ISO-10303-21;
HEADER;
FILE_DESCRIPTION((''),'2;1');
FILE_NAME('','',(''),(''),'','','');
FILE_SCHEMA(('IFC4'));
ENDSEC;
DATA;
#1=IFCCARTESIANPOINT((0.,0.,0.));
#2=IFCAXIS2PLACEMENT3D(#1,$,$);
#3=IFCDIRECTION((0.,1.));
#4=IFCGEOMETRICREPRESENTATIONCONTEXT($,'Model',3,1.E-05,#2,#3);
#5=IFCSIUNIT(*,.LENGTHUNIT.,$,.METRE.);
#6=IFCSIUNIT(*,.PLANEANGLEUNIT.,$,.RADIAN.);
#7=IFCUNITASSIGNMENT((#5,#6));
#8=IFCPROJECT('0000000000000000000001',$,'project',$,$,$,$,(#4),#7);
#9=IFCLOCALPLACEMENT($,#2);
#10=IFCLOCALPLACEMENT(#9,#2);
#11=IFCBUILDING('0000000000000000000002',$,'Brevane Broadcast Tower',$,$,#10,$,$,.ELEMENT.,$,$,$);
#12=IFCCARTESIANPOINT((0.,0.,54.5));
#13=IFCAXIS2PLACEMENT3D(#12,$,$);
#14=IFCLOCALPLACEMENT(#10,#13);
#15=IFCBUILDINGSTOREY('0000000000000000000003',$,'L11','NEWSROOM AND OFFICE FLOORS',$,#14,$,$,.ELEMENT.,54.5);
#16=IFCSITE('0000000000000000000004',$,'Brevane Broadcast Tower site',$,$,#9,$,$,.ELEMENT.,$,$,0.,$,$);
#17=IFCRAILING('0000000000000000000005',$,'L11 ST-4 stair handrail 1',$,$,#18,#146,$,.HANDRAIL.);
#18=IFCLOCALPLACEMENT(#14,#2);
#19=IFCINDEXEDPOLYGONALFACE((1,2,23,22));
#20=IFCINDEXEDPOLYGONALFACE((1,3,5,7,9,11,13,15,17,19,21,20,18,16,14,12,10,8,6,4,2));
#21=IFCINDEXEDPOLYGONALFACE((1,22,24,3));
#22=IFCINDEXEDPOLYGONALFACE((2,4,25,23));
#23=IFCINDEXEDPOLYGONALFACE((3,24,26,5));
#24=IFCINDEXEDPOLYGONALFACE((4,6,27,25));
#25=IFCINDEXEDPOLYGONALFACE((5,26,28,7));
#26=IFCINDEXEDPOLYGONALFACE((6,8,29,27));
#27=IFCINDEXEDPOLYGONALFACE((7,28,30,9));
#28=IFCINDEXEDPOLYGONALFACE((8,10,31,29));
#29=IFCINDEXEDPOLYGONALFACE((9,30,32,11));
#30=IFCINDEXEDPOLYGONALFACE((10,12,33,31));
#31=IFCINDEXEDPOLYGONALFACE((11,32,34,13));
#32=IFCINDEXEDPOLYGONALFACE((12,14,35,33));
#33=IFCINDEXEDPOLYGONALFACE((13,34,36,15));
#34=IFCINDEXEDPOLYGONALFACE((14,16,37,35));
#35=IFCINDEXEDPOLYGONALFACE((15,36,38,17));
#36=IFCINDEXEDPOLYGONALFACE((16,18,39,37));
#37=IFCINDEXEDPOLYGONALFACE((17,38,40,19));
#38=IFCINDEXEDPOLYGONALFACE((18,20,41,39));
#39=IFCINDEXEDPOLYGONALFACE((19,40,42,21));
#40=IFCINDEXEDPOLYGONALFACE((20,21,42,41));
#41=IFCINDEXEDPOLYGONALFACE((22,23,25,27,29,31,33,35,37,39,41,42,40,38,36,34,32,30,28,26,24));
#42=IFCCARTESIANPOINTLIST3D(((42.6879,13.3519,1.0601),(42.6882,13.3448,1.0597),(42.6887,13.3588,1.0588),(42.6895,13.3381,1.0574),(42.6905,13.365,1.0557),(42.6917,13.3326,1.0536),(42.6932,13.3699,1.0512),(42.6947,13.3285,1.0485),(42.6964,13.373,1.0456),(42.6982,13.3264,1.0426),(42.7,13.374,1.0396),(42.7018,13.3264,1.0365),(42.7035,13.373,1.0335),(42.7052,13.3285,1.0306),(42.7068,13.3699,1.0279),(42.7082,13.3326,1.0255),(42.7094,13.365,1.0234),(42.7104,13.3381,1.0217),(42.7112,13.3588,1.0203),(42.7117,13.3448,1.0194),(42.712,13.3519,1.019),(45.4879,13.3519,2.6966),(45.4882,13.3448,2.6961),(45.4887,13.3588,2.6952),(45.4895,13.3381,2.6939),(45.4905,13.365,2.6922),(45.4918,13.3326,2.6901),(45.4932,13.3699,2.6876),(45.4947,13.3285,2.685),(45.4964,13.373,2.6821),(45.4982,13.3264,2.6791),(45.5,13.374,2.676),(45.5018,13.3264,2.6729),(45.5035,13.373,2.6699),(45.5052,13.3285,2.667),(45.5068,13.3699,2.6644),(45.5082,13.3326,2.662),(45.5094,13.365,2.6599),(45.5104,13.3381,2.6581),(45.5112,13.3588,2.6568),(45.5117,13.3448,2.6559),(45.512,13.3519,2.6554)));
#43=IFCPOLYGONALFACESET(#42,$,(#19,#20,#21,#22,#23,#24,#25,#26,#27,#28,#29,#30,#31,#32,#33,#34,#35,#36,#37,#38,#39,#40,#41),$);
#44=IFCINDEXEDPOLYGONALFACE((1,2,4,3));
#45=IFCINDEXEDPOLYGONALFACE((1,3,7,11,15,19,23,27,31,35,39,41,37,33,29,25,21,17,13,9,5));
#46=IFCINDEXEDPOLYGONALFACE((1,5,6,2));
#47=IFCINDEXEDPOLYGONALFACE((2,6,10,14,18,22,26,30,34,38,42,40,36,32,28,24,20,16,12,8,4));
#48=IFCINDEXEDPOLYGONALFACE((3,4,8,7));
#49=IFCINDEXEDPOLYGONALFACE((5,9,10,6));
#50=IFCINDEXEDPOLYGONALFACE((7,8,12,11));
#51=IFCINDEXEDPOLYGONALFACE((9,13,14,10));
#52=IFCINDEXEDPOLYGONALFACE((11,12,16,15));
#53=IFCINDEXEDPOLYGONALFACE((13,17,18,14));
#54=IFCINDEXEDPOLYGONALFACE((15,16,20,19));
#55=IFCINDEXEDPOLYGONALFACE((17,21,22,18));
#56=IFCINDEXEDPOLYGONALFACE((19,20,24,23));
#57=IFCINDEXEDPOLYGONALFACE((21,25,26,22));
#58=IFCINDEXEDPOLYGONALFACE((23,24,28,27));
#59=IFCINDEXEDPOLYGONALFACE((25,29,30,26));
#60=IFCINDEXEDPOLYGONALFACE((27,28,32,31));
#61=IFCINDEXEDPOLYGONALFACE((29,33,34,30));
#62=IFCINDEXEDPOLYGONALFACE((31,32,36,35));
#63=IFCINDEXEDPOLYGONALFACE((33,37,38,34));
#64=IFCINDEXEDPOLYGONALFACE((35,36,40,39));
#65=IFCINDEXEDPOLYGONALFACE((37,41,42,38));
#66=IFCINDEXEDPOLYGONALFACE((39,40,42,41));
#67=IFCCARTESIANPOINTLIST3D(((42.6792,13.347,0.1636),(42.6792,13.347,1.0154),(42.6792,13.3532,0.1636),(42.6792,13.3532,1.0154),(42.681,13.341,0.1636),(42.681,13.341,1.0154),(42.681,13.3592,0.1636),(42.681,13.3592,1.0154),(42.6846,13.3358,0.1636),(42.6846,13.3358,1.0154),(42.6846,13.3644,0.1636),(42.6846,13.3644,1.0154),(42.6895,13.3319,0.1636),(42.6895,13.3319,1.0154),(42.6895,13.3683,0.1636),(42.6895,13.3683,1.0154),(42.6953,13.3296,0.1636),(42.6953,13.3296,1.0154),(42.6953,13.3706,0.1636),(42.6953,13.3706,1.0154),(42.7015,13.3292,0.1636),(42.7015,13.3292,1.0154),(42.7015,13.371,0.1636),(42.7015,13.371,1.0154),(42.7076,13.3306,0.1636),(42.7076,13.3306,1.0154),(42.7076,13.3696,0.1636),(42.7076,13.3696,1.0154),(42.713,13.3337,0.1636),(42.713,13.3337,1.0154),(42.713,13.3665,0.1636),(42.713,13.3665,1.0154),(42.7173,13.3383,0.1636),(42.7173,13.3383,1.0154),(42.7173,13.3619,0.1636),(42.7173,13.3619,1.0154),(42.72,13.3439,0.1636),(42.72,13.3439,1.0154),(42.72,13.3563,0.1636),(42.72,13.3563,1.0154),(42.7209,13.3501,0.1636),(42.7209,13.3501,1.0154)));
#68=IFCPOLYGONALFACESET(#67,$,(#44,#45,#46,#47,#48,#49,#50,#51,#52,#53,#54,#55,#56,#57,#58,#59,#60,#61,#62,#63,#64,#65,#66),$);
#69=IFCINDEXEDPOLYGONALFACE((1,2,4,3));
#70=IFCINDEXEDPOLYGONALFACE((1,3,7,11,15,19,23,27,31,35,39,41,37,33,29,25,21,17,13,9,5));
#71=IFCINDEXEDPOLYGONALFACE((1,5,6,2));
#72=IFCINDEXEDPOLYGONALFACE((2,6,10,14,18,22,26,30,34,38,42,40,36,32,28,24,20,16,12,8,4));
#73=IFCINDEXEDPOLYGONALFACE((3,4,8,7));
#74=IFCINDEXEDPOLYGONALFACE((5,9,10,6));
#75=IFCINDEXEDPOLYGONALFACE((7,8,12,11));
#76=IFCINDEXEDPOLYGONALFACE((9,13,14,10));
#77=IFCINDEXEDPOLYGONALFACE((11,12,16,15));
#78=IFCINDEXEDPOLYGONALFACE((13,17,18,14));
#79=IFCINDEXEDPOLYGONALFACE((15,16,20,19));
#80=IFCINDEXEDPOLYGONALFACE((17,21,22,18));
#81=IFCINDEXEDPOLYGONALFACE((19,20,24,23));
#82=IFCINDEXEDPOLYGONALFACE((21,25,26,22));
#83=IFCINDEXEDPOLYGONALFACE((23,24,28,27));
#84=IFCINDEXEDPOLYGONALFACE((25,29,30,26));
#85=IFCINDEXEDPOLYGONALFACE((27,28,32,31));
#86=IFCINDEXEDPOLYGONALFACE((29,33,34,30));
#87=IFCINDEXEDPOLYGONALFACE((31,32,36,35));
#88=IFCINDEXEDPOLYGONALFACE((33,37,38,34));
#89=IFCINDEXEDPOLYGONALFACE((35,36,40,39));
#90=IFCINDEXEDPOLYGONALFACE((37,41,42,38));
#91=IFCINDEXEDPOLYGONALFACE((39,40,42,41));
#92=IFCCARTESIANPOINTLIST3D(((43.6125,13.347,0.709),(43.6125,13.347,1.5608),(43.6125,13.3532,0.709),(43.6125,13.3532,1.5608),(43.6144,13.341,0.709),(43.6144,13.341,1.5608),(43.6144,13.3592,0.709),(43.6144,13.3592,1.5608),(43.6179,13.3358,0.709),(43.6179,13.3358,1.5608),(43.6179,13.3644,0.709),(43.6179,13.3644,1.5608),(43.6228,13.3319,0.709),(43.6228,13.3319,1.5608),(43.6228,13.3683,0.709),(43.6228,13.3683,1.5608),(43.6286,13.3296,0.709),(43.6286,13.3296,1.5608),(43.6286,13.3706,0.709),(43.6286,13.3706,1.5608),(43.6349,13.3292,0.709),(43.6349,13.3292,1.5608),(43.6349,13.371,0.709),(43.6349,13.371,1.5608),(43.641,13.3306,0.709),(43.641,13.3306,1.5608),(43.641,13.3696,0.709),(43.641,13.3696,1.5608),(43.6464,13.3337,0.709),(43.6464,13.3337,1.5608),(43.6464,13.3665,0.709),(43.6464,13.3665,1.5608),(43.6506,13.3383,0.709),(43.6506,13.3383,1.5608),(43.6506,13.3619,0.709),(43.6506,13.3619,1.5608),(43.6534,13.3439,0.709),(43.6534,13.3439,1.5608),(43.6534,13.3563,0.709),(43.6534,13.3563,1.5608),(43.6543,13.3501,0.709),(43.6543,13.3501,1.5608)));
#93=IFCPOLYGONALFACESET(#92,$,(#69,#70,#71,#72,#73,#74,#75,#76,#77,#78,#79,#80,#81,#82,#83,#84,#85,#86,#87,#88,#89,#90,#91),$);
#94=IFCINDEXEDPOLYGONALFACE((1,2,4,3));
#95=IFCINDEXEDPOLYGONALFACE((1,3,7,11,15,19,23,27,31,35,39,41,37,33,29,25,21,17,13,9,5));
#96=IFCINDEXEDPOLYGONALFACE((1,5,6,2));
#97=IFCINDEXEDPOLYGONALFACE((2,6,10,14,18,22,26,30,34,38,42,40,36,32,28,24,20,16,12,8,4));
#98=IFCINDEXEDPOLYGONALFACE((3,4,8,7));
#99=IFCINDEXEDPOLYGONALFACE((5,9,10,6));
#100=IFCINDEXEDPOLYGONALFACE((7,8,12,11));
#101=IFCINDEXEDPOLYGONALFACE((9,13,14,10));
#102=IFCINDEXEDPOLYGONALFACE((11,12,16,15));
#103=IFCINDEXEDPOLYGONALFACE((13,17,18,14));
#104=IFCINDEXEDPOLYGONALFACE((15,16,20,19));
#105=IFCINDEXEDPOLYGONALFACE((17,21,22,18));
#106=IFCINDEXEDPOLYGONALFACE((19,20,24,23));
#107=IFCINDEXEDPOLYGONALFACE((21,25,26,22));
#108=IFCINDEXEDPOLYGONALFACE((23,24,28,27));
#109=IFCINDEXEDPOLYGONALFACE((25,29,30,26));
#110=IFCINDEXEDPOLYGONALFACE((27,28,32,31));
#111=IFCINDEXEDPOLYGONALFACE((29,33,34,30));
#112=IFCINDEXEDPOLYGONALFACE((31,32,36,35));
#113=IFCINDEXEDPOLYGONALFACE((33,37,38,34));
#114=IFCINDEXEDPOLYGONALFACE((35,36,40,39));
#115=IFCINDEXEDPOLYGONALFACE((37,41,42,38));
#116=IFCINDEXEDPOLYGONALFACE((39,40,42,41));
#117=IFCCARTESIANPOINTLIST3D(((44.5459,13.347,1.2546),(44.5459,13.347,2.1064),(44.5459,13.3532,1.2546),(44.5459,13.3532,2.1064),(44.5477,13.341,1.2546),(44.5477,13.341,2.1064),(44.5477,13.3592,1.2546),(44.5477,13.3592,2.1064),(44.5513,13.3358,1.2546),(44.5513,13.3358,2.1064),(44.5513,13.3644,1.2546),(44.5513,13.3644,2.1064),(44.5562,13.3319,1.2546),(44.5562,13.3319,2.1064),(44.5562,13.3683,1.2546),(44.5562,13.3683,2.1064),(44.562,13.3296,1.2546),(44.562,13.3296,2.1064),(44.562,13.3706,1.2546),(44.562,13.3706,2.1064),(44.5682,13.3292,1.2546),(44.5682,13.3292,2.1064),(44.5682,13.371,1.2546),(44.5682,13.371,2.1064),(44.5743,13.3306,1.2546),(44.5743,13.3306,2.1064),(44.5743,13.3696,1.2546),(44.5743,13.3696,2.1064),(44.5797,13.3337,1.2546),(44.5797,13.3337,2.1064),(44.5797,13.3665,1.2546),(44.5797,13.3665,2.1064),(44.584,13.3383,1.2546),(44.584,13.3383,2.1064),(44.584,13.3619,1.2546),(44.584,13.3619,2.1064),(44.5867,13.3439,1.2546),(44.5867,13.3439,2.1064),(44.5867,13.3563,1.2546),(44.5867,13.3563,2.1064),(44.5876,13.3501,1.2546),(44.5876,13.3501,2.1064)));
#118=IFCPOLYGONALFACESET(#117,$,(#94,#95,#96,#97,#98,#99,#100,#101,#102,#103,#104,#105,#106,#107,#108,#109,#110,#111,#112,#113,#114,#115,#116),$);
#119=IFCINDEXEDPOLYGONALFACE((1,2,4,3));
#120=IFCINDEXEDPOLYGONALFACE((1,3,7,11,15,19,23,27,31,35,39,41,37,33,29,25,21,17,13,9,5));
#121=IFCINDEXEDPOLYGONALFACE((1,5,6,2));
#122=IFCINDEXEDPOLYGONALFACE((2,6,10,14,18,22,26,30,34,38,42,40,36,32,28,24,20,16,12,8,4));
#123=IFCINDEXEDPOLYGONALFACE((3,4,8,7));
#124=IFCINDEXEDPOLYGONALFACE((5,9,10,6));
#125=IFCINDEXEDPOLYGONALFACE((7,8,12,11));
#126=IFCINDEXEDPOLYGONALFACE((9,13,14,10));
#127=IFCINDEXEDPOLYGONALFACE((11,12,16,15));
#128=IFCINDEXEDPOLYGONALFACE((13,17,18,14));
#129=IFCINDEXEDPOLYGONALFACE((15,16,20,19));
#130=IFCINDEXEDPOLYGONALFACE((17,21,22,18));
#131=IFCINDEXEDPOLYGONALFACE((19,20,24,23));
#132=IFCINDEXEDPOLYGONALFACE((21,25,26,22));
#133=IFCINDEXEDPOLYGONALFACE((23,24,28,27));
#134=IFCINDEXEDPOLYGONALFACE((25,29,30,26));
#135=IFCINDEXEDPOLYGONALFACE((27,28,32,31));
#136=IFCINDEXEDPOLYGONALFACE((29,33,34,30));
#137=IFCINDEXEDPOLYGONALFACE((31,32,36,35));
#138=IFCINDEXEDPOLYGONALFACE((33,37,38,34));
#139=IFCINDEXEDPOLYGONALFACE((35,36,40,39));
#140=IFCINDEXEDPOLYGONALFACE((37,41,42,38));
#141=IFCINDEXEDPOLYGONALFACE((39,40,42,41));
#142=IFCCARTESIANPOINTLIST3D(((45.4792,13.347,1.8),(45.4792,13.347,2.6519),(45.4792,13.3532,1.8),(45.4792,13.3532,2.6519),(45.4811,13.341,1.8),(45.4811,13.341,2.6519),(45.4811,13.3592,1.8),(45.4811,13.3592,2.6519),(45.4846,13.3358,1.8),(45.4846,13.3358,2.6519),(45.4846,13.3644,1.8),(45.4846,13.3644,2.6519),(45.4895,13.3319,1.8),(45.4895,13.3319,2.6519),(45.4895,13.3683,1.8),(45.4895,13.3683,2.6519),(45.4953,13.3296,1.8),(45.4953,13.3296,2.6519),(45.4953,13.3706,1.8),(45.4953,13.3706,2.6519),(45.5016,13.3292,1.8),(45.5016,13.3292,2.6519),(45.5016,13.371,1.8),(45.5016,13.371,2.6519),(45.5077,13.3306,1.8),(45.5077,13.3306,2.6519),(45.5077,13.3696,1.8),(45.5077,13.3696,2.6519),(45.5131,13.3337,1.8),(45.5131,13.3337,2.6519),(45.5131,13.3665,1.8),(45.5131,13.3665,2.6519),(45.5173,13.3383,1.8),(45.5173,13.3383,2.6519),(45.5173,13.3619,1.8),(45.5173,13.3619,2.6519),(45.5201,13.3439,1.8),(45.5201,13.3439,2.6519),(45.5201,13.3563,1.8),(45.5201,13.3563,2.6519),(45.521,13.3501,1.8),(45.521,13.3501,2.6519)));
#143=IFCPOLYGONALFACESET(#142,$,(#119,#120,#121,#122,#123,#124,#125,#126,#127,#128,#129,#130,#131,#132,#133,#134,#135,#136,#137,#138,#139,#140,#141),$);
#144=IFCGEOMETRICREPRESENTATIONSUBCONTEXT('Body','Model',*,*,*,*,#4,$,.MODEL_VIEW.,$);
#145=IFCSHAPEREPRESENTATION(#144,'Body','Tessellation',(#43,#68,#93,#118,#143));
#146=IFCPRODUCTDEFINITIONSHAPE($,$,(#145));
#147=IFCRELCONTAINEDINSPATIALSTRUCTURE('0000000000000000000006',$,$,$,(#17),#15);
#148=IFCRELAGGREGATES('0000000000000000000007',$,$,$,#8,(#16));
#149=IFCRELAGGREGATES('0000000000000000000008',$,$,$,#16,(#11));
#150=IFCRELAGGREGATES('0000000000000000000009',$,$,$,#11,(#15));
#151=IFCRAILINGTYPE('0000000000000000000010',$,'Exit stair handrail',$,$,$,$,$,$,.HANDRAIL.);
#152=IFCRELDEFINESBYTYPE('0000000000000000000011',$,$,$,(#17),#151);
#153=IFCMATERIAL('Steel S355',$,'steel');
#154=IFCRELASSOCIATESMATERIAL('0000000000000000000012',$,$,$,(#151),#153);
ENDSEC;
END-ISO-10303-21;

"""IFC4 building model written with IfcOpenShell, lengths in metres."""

from ifc_helpers import new_model, si_unit, direction, frame, origin, origin_2d, place, context, subcontext, project, spatial, circle, extrude, material, type_object, element, save


model = new_model("IFC4")

# Units and contexts
model_context = context("Model", 3, precision=1e-05, world=origin(), true_north=direction((0.0, 1.0)))
body_context = subcontext(model_context, "Body", "Model", "MODEL_VIEW")
ifc_project = project(units=[si_unit("LENGTHUNIT", "METRE"), si_unit("PLANEANGLEUNIT", "RADIAN")], contexts=[model_context])

# Site, building, storey
site_placement = place(None, origin())
site = spatial("IfcSite", under=ifc_project, at=site_placement, Name="Brevane Broadcast Tower site", CompositionType="ELEMENT", RefElevation=0.0)
building_placement = place(site_placement, origin())
building = spatial("IfcBuilding", under=site, at=building_placement, Name="Brevane Broadcast Tower", CompositionType="ELEMENT")
storey_placement = place(building_placement, frame((0.0, 0.0, 54.5)))
storey = spatial("IfcBuildingStorey", under=building, at=storey_placement, Name="L11", Description="NEWSROOM AND OFFICE FLOORS", CompositionType="ELEMENT", Elevation=54.5)

# Railing
ifc_material_1 = material(Name="Steel S355", Category="steel")
railing_type_1 = type_object("IfcRailingType", Name="Exit stair handrail", PredefinedType="HANDRAIL", material=ifc_material_1)
railing_1_placement = place(storey_placement, frame((42.7, 13.3501, 0.1636)))
element("IfcRailing", 1, at=railing_1_placement, inside=storey, type_object=railing_type_1, Name="L11 ST-4 stair handrail 1", PredefinedType="HANDRAIL", context=body_context, shape_type="SweptSolid", body=[
    extrude(circle(Radius=0.0239, at=origin_2d()), frame((0.0, 0.0, 0.876), z_axis=(0.863361, 0.0, 0.504587), x_axis=(0.0, 1.0, 0.0)), (0.0, 0.0, 1.0), 3.2432),
    extrude(circle(Radius=0.021, at=origin_2d()), origin(), (0.0, 0.0, 1.0), 0.8518),
    extrude(circle(Radius=0.021, at=origin_2d()), frame((0.9333, 0.0, 0.5454)), (0.0, 0.0, 1.0), 0.8518),
    extrude(circle(Radius=0.021, at=origin_2d()), frame((1.8667, 0.0, 1.0911)), (0.0, 0.0, 1.0), 0.8518),
    extrude(circle(Radius=0.021, at=origin_2d()), frame((2.8, 0.0, 1.6365)), (0.0, 0.0, 1.0), 0.8518),
])

save(model, "model.ifc")
